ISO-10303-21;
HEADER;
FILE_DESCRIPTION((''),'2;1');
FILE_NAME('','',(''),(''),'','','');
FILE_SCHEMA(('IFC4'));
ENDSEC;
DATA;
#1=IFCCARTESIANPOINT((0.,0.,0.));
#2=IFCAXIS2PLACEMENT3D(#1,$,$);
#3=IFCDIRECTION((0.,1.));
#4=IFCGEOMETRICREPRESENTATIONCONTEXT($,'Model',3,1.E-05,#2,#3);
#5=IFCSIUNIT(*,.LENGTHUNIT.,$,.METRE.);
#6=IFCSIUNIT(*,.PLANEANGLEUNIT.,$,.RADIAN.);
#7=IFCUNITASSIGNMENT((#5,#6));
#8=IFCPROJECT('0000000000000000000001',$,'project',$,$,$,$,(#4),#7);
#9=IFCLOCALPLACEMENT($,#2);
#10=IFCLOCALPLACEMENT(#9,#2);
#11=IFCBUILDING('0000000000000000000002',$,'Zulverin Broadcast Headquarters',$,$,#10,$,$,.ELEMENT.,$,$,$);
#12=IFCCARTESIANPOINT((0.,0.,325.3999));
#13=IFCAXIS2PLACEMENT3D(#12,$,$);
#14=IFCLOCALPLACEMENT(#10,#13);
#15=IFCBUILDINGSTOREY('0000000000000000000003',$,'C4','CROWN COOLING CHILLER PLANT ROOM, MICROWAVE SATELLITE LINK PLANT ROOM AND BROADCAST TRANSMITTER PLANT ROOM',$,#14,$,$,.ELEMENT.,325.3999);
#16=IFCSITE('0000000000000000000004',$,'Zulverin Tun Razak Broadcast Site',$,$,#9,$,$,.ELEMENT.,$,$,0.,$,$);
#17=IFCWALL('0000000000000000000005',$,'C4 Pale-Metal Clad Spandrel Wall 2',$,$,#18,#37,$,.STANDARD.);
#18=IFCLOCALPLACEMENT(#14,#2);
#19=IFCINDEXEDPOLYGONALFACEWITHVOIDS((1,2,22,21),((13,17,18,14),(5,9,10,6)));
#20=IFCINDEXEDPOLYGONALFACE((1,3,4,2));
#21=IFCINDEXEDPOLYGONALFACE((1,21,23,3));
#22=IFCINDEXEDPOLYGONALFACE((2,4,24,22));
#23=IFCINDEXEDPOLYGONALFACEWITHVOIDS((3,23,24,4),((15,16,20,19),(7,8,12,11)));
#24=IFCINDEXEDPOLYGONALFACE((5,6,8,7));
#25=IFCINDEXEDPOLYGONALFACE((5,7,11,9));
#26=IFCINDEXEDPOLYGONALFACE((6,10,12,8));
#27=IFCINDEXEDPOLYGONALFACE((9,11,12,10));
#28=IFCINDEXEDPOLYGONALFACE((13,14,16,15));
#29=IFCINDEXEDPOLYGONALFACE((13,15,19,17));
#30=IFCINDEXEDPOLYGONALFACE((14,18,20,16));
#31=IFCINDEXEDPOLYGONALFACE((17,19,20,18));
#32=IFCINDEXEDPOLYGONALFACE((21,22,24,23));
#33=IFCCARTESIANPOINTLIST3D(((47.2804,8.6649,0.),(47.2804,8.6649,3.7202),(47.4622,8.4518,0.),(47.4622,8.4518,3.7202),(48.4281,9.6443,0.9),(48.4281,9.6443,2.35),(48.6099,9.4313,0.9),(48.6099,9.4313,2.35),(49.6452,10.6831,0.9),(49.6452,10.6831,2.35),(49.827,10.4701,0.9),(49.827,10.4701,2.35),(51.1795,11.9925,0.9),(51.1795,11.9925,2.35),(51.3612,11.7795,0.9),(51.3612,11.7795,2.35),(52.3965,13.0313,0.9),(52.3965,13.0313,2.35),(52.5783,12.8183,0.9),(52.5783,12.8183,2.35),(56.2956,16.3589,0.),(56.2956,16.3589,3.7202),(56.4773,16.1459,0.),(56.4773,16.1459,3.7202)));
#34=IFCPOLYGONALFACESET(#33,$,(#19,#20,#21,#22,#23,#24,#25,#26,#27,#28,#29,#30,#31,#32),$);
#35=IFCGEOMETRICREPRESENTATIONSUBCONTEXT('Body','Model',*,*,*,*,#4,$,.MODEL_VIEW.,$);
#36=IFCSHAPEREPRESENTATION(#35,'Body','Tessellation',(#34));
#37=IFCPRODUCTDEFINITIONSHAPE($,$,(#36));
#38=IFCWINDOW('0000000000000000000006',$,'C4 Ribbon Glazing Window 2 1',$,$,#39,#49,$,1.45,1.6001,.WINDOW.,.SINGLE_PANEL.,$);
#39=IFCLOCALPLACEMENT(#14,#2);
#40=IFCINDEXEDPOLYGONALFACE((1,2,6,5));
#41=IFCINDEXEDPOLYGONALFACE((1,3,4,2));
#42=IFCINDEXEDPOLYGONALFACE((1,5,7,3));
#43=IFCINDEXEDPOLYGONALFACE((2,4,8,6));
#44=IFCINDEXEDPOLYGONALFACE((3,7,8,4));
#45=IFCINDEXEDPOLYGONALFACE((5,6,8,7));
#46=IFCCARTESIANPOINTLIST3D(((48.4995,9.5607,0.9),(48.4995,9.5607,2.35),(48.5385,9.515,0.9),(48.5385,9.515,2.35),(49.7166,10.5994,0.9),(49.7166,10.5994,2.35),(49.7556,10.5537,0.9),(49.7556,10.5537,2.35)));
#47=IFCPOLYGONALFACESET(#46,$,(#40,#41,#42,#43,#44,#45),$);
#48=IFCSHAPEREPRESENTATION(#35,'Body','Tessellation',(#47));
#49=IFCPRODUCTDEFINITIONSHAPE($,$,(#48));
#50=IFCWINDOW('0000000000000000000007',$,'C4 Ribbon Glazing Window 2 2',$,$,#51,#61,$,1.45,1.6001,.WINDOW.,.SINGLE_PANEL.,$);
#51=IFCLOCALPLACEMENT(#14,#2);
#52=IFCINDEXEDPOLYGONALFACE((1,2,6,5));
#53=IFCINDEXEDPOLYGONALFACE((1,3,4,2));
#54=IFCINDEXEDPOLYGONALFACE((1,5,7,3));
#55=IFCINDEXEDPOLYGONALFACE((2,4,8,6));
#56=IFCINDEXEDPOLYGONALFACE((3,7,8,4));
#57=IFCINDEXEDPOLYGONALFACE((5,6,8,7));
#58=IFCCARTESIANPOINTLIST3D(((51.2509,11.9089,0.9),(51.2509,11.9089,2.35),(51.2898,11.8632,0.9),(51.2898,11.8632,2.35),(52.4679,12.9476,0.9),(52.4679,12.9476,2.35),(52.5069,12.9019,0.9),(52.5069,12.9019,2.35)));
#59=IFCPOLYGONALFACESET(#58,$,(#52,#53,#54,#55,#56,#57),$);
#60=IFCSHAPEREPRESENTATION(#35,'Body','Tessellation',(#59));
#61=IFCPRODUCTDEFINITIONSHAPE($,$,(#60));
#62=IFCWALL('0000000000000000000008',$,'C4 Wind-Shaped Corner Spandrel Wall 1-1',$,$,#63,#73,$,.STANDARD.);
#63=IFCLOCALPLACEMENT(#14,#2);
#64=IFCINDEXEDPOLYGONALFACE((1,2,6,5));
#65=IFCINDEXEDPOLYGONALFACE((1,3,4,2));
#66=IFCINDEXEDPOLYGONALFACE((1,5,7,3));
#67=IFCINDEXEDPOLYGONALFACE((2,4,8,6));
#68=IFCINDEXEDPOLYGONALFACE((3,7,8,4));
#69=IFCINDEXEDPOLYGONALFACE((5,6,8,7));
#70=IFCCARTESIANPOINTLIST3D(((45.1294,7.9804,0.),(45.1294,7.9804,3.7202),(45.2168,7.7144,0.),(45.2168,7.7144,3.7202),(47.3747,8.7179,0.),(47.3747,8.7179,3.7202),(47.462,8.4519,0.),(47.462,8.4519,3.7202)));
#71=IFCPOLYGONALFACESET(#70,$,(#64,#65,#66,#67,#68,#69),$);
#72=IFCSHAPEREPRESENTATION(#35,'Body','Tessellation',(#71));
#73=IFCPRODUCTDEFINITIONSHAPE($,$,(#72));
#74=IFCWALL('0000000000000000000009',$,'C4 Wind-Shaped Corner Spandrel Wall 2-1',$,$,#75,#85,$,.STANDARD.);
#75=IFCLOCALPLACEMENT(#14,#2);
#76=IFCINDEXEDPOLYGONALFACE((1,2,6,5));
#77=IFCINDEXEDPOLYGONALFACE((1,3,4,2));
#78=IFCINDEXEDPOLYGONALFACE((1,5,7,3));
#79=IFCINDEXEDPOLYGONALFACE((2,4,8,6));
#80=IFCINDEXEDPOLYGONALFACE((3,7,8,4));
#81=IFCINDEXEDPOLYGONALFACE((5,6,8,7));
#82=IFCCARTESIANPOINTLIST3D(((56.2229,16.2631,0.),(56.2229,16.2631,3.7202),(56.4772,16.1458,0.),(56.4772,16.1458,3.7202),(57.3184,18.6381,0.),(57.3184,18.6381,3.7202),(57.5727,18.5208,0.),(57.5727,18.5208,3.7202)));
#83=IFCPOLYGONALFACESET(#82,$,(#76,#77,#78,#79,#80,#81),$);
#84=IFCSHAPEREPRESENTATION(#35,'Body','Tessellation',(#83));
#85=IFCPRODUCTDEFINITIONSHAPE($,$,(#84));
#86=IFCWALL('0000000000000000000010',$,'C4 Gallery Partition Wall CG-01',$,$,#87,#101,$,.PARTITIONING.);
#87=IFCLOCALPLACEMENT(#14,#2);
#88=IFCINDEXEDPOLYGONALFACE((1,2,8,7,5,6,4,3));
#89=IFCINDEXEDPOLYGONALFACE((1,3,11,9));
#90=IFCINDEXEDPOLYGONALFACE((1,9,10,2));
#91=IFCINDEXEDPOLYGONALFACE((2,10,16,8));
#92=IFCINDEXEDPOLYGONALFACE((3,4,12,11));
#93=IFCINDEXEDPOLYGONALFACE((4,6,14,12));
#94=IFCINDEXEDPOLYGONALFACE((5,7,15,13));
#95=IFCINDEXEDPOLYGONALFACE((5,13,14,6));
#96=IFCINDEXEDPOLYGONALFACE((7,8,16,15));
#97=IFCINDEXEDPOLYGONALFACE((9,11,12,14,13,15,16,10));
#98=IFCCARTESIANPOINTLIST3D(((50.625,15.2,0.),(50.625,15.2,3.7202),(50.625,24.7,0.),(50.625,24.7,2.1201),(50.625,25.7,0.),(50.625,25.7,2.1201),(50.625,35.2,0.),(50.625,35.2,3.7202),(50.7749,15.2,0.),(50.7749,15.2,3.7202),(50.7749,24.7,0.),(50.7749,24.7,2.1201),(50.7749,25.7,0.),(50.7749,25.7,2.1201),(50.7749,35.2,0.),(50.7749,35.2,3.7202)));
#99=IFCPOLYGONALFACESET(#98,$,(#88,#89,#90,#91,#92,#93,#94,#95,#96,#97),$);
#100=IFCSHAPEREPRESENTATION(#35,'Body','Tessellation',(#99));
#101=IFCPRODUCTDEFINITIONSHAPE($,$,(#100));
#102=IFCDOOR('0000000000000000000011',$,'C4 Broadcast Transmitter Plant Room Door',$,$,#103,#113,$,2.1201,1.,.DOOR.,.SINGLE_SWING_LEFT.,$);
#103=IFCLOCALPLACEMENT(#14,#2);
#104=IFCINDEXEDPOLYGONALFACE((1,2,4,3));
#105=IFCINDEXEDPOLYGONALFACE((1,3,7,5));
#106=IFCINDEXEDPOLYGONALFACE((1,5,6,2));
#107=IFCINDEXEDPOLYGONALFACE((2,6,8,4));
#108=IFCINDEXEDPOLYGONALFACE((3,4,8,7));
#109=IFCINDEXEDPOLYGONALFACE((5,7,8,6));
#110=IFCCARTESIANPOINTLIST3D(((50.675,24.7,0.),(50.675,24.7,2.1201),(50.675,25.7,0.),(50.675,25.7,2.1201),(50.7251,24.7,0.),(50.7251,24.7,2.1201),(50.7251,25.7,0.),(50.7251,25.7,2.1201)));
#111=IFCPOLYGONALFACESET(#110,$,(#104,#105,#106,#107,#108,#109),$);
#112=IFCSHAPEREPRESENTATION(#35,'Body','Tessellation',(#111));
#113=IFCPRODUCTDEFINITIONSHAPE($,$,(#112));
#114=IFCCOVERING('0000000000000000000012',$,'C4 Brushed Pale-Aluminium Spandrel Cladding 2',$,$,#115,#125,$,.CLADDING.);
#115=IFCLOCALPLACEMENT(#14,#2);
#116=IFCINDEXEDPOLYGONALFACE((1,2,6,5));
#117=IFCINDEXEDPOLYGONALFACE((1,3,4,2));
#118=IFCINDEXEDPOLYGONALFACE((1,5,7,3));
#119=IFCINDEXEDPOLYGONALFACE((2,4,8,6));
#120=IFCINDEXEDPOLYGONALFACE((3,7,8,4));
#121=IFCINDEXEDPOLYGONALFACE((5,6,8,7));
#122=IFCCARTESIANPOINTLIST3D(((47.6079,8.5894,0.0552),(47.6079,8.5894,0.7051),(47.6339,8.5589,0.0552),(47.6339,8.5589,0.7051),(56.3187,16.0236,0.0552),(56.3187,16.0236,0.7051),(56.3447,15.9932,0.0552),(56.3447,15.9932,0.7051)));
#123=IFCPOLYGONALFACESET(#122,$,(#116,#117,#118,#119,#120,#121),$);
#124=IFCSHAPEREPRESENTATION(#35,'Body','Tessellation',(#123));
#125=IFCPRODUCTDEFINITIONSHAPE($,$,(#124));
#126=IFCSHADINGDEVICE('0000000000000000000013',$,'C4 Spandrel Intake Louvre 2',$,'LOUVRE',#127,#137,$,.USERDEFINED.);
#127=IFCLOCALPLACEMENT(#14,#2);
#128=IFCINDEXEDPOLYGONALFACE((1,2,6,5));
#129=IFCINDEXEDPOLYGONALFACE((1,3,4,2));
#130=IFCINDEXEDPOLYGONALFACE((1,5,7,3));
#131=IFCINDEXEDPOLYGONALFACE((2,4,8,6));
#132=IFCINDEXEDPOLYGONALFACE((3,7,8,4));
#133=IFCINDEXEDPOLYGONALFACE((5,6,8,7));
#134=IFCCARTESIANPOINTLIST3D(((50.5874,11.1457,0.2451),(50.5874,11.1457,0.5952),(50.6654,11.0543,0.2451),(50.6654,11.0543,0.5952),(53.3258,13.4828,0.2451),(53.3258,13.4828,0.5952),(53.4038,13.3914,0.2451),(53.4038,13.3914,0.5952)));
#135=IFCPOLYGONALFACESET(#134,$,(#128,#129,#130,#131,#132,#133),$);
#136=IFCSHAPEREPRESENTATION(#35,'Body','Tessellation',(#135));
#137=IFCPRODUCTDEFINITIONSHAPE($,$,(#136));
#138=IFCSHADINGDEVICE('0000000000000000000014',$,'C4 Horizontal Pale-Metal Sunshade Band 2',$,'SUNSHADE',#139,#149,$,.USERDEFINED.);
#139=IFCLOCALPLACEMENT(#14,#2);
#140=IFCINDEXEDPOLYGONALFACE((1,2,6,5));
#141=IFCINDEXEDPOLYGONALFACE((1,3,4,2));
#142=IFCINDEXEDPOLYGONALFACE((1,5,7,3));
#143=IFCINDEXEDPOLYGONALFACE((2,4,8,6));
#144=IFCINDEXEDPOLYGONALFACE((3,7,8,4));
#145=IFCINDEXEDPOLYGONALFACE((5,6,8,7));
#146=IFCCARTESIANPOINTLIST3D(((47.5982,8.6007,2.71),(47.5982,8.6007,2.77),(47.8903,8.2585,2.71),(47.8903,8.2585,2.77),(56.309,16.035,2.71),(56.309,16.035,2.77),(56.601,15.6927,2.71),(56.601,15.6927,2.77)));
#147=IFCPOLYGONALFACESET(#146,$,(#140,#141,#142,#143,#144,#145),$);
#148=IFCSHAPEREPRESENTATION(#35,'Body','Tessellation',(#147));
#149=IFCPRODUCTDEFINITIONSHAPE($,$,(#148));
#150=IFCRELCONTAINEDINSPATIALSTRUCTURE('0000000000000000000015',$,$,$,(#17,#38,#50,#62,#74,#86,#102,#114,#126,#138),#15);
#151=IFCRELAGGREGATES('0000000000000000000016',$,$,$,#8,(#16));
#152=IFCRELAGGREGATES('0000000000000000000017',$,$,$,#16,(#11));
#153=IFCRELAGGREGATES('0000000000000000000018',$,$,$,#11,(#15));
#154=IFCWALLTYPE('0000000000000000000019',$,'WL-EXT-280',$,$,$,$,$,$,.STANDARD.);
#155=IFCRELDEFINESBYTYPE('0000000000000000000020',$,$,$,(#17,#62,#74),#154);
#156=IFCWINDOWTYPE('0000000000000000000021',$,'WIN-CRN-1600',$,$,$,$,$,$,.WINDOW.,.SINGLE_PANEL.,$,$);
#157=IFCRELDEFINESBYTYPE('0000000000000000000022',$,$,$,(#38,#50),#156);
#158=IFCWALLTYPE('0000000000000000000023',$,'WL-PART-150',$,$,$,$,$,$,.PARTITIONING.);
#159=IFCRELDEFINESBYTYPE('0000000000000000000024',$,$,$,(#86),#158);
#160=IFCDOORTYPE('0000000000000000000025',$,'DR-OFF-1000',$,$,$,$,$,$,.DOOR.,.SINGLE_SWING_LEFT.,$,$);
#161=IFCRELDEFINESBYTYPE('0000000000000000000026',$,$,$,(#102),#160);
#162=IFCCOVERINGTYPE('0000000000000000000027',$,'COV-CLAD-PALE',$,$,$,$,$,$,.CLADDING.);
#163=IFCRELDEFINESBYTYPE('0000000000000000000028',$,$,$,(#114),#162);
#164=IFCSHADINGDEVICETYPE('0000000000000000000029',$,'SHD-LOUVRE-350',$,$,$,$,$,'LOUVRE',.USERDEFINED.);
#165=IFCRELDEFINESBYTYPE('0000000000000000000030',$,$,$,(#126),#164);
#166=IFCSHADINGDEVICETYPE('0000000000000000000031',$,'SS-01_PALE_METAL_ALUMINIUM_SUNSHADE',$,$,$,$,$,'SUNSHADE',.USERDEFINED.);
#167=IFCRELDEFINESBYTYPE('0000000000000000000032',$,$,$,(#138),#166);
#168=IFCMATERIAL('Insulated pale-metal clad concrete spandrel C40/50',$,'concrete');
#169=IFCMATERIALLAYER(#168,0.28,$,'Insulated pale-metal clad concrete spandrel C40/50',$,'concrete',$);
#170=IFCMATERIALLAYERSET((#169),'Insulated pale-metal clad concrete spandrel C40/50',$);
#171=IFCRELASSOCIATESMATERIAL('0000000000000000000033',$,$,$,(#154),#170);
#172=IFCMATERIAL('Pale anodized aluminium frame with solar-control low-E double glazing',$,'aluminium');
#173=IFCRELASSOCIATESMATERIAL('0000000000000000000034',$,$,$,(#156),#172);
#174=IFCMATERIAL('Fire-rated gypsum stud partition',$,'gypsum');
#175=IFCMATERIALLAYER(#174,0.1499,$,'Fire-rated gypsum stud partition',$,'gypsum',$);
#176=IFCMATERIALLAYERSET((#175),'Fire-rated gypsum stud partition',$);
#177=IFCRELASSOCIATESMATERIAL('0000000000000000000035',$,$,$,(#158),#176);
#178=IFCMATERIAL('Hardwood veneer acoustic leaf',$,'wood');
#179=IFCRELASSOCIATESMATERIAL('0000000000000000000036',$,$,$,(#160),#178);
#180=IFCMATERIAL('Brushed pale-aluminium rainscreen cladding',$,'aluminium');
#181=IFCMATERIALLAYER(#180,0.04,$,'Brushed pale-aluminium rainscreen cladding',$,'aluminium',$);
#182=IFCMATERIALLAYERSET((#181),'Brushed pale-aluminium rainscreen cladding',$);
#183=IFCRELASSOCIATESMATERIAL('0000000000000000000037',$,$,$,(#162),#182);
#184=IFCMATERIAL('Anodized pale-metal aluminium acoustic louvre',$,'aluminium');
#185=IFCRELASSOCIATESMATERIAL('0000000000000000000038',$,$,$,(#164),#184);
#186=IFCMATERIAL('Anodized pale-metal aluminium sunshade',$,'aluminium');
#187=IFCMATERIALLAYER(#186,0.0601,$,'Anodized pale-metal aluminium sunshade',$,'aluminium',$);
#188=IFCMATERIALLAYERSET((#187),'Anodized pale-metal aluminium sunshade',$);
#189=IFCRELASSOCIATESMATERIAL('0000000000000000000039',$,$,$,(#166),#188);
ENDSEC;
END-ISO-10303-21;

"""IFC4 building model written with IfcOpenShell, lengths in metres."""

from ifc_helpers import new_model, si_unit, direction, frame, frame_2d, origin, origin_2d, place, context, subcontext, project, spatial, rectangle, extrude, material, layer, layer_set, type_object, element, fill, save


model = new_model("IFC4")

# Units and contexts
model_context = context("Model", 3, precision=1e-05, world=origin(), true_north=direction((0.0, 1.0)))
body_context = subcontext(model_context, "Body", "Model", "MODEL_VIEW")
ifc_project = project(units=[si_unit("LENGTHUNIT", "METRE"), si_unit("PLANEANGLEUNIT", "RADIAN")], contexts=[model_context])

# Site, building, storey
site_placement = place(None, origin())
site = spatial("IfcSite", under=ifc_project, at=site_placement, Name="Zulverin Tun Razak Broadcast Site", CompositionType="ELEMENT", RefElevation=0.0)
building_placement = place(site_placement, origin())
building = spatial("IfcBuilding", under=site, at=building_placement, Name="Zulverin Broadcast Headquarters", CompositionType="ELEMENT")
storey_placement = place(building_placement, frame((0.0, 0.0, 325.3999)))
storey = spatial("IfcBuildingStorey", under=building, at=storey_placement, Name="C4", Description="CROWN COOLING CHILLER PLANT ROOM, MICROWAVE SATELLITE LINK PLANT ROOM AND BROADCAST TRANSMITTER PLANT ROOM", CompositionType="ELEMENT", Elevation=325.3999)

# Wall, openings, windows
ifc_material_1 = material(Name="Insulated pale-metal clad concrete spandrel C40/50", Category="concrete")
ifc_layer_1 = layer(ifc_material_1, 0.28, Name="Insulated pale-metal clad concrete spandrel C40/50", Category="concrete")
ifc_layer_set_1 = layer_set([ifc_layer_1], Name="Insulated pale-metal clad concrete spandrel C40/50")
wall_type_1 = type_object("IfcWallType", Name="WL-EXT-280", PredefinedType="STANDARD", material=ifc_layer_set_1)
wall_1_placement = place(storey_placement, frame((47.3713, 8.5583, 0.0), z_axis=(0.0, 0.0, 1.0), x_axis=(0.760638, 0.649177, 0.0)))
wall_1 = element("IfcWall", 1, at=wall_1_placement, inside=storey, type_object=wall_type_1, Name="C4 Pale-Metal Clad Spandrel Wall 2", PredefinedType="STANDARD", context=body_context, shape_type="SweptSolid", body=[
    extrude(rectangle(XDim=11.8521, YDim=0.28, at=frame_2d((5.926, 0.0))), origin(), (0.0, 0.0, 1.0), 3.7202),
])
opening_1_placement = place(wall_1_placement, frame((1.5088, 0.0, 0.8999)))
opening_1 = element("IfcOpeningElement", 2, at=opening_1_placement, cuts=wall_1, PredefinedType="OPENING", context=body_context, shape_type="SweptSolid", body=[
    extrude(rectangle(XDim=1.6001, YDim=1.45, at=frame_2d((0.8, 0.7251))), frame((0.0, 0.1499, 0.0), z_axis=(0.0, -1.0, 0.0), x_axis=(1.0, 0.0, 0.0)), (0.0, 0.0, 1.0), 0.3),
])
opening_2_placement = place(wall_1_placement, frame((5.126, 0.0, 0.8999)))
opening_2 = element("IfcOpeningElement", 3, at=opening_2_placement, cuts=wall_1, PredefinedType="OPENING", context=body_context, shape_type="SweptSolid", body=[
    extrude(rectangle(XDim=1.6001, YDim=1.45, at=frame_2d((0.8, 0.7251))), frame((0.0, 0.1499, 0.0), z_axis=(0.0, -1.0, 0.0), x_axis=(1.0, 0.0, 0.0)), (0.0, 0.0, 1.0), 0.3),
])
ifc_material_2 = material(Name="Pale anodized aluminium frame with solar-control low-E double glazing", Category="aluminium")
window_type = type_object("IfcWindowType", Name="WIN-CRN-1600", PartitioningType="SINGLE_PANEL", PredefinedType="WINDOW", material=ifc_material_2)
window_1_placement = place(opening_1_placement, origin())
window_1 = element("IfcWindow", 4, at=window_1_placement, inside=storey, type_object=window_type, Name="C4 Ribbon Glazing Window 2 1", OverallHeight=1.45, OverallWidth=1.6001, PartitioningType="SINGLE_PANEL", PredefinedType="WINDOW", context=body_context, shape_type="SweptSolid", body=[
    extrude(rectangle(XDim=1.6001, YDim=1.45, at=frame_2d((0.8, 0.7251))), frame((0.0, 0.03, 0.0), z_axis=(0.0, -1.0, 0.0), x_axis=(1.0, 0.0, 0.0)), (0.0, 0.0, 1.0), 0.0601),
])
fill(opening_1, window_1)
window_2_placement = place(opening_2_placement, origin())
window_2 = element("IfcWindow", 5, at=window_2_placement, inside=storey, type_object=window_type, Name="C4 Ribbon Glazing Window 2 2", OverallHeight=1.45, OverallWidth=1.6001, PartitioningType="SINGLE_PANEL", PredefinedType="WINDOW", context=body_context, shape_type="SweptSolid", body=[
    extrude(rectangle(XDim=1.6001, YDim=1.45, at=frame_2d((0.8, 0.7251))), frame((0.0, 0.03, 0.0), z_axis=(0.0, -1.0, 0.0), x_axis=(1.0, 0.0, 0.0)), (0.0, 0.0, 1.0), 0.0601),
])
fill(opening_2, window_2)

# Walls
wall_2_placement = place(storey_placement, frame((45.1731, 7.8474, 0.0), z_axis=(0.0, 0.0, 1.0), x_axis=(0.950058, 0.312072, 0.0)))
element("IfcWall", 6, at=wall_2_placement, inside=storey, type_object=wall_type_1, Name="C4 Wind-Shaped Corner Spandrel Wall 1-1", PredefinedType="STANDARD", context=body_context, shape_type="SweptSolid", body=[
    extrude(rectangle(XDim=2.3633, YDim=0.28, at=frame_2d((1.1816, 0.0))), origin(), (0.0, 0.0, 1.0), 3.7202),
])
wall_3_placement = place(storey_placement, frame((56.3501, 16.2046, 0.0), z_axis=(0.0, 0.0, 1.0), x_axis=(0.418839, 0.90806, 0.0)))
element("IfcWall", 7, at=wall_3_placement, inside=storey, type_object=wall_type_1, Name="C4 Wind-Shaped Corner Spandrel Wall 2-1", PredefinedType="STANDARD", context=body_context, shape_type="SweptSolid", body=[
    extrude(rectangle(XDim=2.6155, YDim=0.28, at=frame_2d((1.3076, 0.0))), origin(), (0.0, 0.0, 1.0), 3.7202),
])

# Wall, opening, door
ifc_material_3 = material(Name="Fire-rated gypsum stud partition", Category="gypsum")
ifc_layer_2 = layer(ifc_material_3, 0.1499, Name="Fire-rated gypsum stud partition", Category="gypsum")
ifc_layer_set_2 = layer_set([ifc_layer_2], Name="Fire-rated gypsum stud partition")
wall_type_2 = type_object("IfcWallType", Name="WL-PART-150", PredefinedType="PARTITIONING", material=ifc_layer_set_2)
wall_4_placement = place(storey_placement, frame((50.7, 15.2, 0.0), z_axis=(0.0, 0.0, 1.0), x_axis=(0.0, 1.0, 0.0)))
wall_4 = element("IfcWall", 8, at=wall_4_placement, inside=storey, type_object=wall_type_2, Name="C4 Gallery Partition Wall CG-01", PredefinedType="PARTITIONING", context=body_context, shape_type="SweptSolid", body=[
    extrude(rectangle(XDim=20.0, YDim=0.1499, at=frame_2d((10.0, 0.0))), origin(), (0.0, 0.0, 1.0), 3.7202),
])
opening_3_placement = place(wall_4_placement, frame((9.5, 0.0, 0.0)))
opening_3 = element("IfcOpeningElement", 9, at=opening_3_placement, cuts=wall_4, PredefinedType="OPENING", context=body_context, shape_type="SweptSolid", body=[
    extrude(rectangle(XDim=1.0, YDim=2.1201, at=frame_2d((0.5, 1.0601))), frame((0.0, 0.085, 0.0), z_axis=(0.0, -1.0, 0.0), x_axis=(1.0, 0.0, 0.0)), (0.0, 0.0, 1.0), 0.1699),
])
ifc_material_4 = material(Name="Hardwood veneer acoustic leaf", Category="wood")
door_type_1 = type_object("IfcDoorType", Name="DR-OFF-1000", OperationType="SINGLE_SWING_LEFT", PredefinedType="DOOR", material=ifc_material_4)
door_1_placement = place(opening_3_placement, origin())
door_1 = element("IfcDoor", 10, at=door_1_placement, inside=storey, type_object=door_type_1, Name="C4 Broadcast Transmitter Plant Room Door", OperationType="SINGLE_SWING_LEFT", OverallHeight=2.1201, OverallWidth=1.0, PredefinedType="DOOR", context=body_context, shape_type="SweptSolid", body=[
    extrude(rectangle(XDim=1.0, YDim=2.1201, at=frame_2d((0.5, 1.0601))), frame((0.0, 0.0249, 0.0), z_axis=(0.0, -1.0, 0.0), x_axis=(1.0, 0.0, 0.0)), (0.0, 0.0, 1.0), 0.05),
])
fill(opening_3, door_1)

# Covering
ifc_material_5 = material(Name="Brushed pale-aluminium rainscreen cladding", Category="aluminium")
ifc_layer_3 = layer(ifc_material_5, 0.04, Name="Brushed pale-aluminium rainscreen cladding", Category="aluminium")
ifc_layer_set_3 = layer_set([ifc_layer_3], Name="Brushed pale-aluminium rainscreen cladding")
covering_type = type_object("IfcCoveringType", Name="COV-CLAD-PALE", PredefinedType="CLADDING", material=ifc_layer_set_3)
covering_placement = place(storey_placement, frame((51.9763, 12.2913, 0.0552), z_axis=(0.0, 0.0, 1.0), x_axis=(0.760641, 0.649173, 0.0)))
element("IfcCovering", 11, at=covering_placement, inside=storey, type_object=covering_type, Name="C4 Brushed Pale-Aluminium Spandrel Cladding 2", PredefinedType="CLADDING", context=body_context, shape_type="SweptSolid", body=[
    extrude(rectangle(XDim=11.4519, YDim=0.04, at=origin_2d()), origin(), (0.0, 0.0, 1.0), 0.6499),
])

# Shading devices
ifc_material_6 = material(Name="Anodized pale-metal aluminium acoustic louvre", Category="aluminium")
shading_device_type_1 = type_object("IfcShadingDeviceType", Name="SHD-LOUVRE-350", ElementType="LOUVRE", PredefinedType="USERDEFINED", material=ifc_material_6)
shading_device_1_placement = place(storey_placement, frame((51.9956, 12.2686, 0.2451), z_axis=(0.0, 0.0, 1.0), x_axis=(0.760641, 0.649173, 0.0)))
element("IfcShadingDevice", 12, at=shading_device_1_placement, inside=storey, type_object=shading_device_type_1, Name="C4 Spandrel Intake Louvre 2", ObjectType="LOUVRE", PredefinedType="USERDEFINED", context=body_context, shape_type="SweptSolid", body=[
    extrude(rectangle(XDim=3.6001, YDim=0.1201, at=origin_2d()), origin(), (0.0, 0.0, 1.0), 0.3501),
])
ifc_material_7 = material(Name="Anodized pale-metal aluminium sunshade", Category="aluminium")
ifc_layer_4 = layer(ifc_material_7, 0.0601, Name="Anodized pale-metal aluminium sunshade", Category="aluminium")
ifc_layer_set_4 = layer_set([ifc_layer_4], Name="Anodized pale-metal aluminium sunshade")
shading_device_type_2 = type_object("IfcShadingDeviceType", Name="SS-01_PALE_METAL_ALUMINIUM_SUNSHADE", ElementType="SUNSHADE", PredefinedType="USERDEFINED", material=ifc_layer_set_4)
shading_device_2_placement = place(storey_placement, frame((52.0996, 12.1467, 2.71), z_axis=(0.0, 0.0, 1.0), x_axis=(0.760641, 0.649173, 0.0)))
element("IfcShadingDevice", 13, at=shading_device_2_placement, inside=storey, type_object=shading_device_type_2, Name="C4 Horizontal Pale-Metal Sunshade Band 2", ObjectType="SUNSHADE", PredefinedType="USERDEFINED", context=body_context, shape_type="SweptSolid", body=[
    extrude(rectangle(XDim=11.4519, YDim=0.45, at=origin_2d()), origin(), (0.0, 0.0, 1.0), 0.0601),
])

save(model, "model.ifc")
